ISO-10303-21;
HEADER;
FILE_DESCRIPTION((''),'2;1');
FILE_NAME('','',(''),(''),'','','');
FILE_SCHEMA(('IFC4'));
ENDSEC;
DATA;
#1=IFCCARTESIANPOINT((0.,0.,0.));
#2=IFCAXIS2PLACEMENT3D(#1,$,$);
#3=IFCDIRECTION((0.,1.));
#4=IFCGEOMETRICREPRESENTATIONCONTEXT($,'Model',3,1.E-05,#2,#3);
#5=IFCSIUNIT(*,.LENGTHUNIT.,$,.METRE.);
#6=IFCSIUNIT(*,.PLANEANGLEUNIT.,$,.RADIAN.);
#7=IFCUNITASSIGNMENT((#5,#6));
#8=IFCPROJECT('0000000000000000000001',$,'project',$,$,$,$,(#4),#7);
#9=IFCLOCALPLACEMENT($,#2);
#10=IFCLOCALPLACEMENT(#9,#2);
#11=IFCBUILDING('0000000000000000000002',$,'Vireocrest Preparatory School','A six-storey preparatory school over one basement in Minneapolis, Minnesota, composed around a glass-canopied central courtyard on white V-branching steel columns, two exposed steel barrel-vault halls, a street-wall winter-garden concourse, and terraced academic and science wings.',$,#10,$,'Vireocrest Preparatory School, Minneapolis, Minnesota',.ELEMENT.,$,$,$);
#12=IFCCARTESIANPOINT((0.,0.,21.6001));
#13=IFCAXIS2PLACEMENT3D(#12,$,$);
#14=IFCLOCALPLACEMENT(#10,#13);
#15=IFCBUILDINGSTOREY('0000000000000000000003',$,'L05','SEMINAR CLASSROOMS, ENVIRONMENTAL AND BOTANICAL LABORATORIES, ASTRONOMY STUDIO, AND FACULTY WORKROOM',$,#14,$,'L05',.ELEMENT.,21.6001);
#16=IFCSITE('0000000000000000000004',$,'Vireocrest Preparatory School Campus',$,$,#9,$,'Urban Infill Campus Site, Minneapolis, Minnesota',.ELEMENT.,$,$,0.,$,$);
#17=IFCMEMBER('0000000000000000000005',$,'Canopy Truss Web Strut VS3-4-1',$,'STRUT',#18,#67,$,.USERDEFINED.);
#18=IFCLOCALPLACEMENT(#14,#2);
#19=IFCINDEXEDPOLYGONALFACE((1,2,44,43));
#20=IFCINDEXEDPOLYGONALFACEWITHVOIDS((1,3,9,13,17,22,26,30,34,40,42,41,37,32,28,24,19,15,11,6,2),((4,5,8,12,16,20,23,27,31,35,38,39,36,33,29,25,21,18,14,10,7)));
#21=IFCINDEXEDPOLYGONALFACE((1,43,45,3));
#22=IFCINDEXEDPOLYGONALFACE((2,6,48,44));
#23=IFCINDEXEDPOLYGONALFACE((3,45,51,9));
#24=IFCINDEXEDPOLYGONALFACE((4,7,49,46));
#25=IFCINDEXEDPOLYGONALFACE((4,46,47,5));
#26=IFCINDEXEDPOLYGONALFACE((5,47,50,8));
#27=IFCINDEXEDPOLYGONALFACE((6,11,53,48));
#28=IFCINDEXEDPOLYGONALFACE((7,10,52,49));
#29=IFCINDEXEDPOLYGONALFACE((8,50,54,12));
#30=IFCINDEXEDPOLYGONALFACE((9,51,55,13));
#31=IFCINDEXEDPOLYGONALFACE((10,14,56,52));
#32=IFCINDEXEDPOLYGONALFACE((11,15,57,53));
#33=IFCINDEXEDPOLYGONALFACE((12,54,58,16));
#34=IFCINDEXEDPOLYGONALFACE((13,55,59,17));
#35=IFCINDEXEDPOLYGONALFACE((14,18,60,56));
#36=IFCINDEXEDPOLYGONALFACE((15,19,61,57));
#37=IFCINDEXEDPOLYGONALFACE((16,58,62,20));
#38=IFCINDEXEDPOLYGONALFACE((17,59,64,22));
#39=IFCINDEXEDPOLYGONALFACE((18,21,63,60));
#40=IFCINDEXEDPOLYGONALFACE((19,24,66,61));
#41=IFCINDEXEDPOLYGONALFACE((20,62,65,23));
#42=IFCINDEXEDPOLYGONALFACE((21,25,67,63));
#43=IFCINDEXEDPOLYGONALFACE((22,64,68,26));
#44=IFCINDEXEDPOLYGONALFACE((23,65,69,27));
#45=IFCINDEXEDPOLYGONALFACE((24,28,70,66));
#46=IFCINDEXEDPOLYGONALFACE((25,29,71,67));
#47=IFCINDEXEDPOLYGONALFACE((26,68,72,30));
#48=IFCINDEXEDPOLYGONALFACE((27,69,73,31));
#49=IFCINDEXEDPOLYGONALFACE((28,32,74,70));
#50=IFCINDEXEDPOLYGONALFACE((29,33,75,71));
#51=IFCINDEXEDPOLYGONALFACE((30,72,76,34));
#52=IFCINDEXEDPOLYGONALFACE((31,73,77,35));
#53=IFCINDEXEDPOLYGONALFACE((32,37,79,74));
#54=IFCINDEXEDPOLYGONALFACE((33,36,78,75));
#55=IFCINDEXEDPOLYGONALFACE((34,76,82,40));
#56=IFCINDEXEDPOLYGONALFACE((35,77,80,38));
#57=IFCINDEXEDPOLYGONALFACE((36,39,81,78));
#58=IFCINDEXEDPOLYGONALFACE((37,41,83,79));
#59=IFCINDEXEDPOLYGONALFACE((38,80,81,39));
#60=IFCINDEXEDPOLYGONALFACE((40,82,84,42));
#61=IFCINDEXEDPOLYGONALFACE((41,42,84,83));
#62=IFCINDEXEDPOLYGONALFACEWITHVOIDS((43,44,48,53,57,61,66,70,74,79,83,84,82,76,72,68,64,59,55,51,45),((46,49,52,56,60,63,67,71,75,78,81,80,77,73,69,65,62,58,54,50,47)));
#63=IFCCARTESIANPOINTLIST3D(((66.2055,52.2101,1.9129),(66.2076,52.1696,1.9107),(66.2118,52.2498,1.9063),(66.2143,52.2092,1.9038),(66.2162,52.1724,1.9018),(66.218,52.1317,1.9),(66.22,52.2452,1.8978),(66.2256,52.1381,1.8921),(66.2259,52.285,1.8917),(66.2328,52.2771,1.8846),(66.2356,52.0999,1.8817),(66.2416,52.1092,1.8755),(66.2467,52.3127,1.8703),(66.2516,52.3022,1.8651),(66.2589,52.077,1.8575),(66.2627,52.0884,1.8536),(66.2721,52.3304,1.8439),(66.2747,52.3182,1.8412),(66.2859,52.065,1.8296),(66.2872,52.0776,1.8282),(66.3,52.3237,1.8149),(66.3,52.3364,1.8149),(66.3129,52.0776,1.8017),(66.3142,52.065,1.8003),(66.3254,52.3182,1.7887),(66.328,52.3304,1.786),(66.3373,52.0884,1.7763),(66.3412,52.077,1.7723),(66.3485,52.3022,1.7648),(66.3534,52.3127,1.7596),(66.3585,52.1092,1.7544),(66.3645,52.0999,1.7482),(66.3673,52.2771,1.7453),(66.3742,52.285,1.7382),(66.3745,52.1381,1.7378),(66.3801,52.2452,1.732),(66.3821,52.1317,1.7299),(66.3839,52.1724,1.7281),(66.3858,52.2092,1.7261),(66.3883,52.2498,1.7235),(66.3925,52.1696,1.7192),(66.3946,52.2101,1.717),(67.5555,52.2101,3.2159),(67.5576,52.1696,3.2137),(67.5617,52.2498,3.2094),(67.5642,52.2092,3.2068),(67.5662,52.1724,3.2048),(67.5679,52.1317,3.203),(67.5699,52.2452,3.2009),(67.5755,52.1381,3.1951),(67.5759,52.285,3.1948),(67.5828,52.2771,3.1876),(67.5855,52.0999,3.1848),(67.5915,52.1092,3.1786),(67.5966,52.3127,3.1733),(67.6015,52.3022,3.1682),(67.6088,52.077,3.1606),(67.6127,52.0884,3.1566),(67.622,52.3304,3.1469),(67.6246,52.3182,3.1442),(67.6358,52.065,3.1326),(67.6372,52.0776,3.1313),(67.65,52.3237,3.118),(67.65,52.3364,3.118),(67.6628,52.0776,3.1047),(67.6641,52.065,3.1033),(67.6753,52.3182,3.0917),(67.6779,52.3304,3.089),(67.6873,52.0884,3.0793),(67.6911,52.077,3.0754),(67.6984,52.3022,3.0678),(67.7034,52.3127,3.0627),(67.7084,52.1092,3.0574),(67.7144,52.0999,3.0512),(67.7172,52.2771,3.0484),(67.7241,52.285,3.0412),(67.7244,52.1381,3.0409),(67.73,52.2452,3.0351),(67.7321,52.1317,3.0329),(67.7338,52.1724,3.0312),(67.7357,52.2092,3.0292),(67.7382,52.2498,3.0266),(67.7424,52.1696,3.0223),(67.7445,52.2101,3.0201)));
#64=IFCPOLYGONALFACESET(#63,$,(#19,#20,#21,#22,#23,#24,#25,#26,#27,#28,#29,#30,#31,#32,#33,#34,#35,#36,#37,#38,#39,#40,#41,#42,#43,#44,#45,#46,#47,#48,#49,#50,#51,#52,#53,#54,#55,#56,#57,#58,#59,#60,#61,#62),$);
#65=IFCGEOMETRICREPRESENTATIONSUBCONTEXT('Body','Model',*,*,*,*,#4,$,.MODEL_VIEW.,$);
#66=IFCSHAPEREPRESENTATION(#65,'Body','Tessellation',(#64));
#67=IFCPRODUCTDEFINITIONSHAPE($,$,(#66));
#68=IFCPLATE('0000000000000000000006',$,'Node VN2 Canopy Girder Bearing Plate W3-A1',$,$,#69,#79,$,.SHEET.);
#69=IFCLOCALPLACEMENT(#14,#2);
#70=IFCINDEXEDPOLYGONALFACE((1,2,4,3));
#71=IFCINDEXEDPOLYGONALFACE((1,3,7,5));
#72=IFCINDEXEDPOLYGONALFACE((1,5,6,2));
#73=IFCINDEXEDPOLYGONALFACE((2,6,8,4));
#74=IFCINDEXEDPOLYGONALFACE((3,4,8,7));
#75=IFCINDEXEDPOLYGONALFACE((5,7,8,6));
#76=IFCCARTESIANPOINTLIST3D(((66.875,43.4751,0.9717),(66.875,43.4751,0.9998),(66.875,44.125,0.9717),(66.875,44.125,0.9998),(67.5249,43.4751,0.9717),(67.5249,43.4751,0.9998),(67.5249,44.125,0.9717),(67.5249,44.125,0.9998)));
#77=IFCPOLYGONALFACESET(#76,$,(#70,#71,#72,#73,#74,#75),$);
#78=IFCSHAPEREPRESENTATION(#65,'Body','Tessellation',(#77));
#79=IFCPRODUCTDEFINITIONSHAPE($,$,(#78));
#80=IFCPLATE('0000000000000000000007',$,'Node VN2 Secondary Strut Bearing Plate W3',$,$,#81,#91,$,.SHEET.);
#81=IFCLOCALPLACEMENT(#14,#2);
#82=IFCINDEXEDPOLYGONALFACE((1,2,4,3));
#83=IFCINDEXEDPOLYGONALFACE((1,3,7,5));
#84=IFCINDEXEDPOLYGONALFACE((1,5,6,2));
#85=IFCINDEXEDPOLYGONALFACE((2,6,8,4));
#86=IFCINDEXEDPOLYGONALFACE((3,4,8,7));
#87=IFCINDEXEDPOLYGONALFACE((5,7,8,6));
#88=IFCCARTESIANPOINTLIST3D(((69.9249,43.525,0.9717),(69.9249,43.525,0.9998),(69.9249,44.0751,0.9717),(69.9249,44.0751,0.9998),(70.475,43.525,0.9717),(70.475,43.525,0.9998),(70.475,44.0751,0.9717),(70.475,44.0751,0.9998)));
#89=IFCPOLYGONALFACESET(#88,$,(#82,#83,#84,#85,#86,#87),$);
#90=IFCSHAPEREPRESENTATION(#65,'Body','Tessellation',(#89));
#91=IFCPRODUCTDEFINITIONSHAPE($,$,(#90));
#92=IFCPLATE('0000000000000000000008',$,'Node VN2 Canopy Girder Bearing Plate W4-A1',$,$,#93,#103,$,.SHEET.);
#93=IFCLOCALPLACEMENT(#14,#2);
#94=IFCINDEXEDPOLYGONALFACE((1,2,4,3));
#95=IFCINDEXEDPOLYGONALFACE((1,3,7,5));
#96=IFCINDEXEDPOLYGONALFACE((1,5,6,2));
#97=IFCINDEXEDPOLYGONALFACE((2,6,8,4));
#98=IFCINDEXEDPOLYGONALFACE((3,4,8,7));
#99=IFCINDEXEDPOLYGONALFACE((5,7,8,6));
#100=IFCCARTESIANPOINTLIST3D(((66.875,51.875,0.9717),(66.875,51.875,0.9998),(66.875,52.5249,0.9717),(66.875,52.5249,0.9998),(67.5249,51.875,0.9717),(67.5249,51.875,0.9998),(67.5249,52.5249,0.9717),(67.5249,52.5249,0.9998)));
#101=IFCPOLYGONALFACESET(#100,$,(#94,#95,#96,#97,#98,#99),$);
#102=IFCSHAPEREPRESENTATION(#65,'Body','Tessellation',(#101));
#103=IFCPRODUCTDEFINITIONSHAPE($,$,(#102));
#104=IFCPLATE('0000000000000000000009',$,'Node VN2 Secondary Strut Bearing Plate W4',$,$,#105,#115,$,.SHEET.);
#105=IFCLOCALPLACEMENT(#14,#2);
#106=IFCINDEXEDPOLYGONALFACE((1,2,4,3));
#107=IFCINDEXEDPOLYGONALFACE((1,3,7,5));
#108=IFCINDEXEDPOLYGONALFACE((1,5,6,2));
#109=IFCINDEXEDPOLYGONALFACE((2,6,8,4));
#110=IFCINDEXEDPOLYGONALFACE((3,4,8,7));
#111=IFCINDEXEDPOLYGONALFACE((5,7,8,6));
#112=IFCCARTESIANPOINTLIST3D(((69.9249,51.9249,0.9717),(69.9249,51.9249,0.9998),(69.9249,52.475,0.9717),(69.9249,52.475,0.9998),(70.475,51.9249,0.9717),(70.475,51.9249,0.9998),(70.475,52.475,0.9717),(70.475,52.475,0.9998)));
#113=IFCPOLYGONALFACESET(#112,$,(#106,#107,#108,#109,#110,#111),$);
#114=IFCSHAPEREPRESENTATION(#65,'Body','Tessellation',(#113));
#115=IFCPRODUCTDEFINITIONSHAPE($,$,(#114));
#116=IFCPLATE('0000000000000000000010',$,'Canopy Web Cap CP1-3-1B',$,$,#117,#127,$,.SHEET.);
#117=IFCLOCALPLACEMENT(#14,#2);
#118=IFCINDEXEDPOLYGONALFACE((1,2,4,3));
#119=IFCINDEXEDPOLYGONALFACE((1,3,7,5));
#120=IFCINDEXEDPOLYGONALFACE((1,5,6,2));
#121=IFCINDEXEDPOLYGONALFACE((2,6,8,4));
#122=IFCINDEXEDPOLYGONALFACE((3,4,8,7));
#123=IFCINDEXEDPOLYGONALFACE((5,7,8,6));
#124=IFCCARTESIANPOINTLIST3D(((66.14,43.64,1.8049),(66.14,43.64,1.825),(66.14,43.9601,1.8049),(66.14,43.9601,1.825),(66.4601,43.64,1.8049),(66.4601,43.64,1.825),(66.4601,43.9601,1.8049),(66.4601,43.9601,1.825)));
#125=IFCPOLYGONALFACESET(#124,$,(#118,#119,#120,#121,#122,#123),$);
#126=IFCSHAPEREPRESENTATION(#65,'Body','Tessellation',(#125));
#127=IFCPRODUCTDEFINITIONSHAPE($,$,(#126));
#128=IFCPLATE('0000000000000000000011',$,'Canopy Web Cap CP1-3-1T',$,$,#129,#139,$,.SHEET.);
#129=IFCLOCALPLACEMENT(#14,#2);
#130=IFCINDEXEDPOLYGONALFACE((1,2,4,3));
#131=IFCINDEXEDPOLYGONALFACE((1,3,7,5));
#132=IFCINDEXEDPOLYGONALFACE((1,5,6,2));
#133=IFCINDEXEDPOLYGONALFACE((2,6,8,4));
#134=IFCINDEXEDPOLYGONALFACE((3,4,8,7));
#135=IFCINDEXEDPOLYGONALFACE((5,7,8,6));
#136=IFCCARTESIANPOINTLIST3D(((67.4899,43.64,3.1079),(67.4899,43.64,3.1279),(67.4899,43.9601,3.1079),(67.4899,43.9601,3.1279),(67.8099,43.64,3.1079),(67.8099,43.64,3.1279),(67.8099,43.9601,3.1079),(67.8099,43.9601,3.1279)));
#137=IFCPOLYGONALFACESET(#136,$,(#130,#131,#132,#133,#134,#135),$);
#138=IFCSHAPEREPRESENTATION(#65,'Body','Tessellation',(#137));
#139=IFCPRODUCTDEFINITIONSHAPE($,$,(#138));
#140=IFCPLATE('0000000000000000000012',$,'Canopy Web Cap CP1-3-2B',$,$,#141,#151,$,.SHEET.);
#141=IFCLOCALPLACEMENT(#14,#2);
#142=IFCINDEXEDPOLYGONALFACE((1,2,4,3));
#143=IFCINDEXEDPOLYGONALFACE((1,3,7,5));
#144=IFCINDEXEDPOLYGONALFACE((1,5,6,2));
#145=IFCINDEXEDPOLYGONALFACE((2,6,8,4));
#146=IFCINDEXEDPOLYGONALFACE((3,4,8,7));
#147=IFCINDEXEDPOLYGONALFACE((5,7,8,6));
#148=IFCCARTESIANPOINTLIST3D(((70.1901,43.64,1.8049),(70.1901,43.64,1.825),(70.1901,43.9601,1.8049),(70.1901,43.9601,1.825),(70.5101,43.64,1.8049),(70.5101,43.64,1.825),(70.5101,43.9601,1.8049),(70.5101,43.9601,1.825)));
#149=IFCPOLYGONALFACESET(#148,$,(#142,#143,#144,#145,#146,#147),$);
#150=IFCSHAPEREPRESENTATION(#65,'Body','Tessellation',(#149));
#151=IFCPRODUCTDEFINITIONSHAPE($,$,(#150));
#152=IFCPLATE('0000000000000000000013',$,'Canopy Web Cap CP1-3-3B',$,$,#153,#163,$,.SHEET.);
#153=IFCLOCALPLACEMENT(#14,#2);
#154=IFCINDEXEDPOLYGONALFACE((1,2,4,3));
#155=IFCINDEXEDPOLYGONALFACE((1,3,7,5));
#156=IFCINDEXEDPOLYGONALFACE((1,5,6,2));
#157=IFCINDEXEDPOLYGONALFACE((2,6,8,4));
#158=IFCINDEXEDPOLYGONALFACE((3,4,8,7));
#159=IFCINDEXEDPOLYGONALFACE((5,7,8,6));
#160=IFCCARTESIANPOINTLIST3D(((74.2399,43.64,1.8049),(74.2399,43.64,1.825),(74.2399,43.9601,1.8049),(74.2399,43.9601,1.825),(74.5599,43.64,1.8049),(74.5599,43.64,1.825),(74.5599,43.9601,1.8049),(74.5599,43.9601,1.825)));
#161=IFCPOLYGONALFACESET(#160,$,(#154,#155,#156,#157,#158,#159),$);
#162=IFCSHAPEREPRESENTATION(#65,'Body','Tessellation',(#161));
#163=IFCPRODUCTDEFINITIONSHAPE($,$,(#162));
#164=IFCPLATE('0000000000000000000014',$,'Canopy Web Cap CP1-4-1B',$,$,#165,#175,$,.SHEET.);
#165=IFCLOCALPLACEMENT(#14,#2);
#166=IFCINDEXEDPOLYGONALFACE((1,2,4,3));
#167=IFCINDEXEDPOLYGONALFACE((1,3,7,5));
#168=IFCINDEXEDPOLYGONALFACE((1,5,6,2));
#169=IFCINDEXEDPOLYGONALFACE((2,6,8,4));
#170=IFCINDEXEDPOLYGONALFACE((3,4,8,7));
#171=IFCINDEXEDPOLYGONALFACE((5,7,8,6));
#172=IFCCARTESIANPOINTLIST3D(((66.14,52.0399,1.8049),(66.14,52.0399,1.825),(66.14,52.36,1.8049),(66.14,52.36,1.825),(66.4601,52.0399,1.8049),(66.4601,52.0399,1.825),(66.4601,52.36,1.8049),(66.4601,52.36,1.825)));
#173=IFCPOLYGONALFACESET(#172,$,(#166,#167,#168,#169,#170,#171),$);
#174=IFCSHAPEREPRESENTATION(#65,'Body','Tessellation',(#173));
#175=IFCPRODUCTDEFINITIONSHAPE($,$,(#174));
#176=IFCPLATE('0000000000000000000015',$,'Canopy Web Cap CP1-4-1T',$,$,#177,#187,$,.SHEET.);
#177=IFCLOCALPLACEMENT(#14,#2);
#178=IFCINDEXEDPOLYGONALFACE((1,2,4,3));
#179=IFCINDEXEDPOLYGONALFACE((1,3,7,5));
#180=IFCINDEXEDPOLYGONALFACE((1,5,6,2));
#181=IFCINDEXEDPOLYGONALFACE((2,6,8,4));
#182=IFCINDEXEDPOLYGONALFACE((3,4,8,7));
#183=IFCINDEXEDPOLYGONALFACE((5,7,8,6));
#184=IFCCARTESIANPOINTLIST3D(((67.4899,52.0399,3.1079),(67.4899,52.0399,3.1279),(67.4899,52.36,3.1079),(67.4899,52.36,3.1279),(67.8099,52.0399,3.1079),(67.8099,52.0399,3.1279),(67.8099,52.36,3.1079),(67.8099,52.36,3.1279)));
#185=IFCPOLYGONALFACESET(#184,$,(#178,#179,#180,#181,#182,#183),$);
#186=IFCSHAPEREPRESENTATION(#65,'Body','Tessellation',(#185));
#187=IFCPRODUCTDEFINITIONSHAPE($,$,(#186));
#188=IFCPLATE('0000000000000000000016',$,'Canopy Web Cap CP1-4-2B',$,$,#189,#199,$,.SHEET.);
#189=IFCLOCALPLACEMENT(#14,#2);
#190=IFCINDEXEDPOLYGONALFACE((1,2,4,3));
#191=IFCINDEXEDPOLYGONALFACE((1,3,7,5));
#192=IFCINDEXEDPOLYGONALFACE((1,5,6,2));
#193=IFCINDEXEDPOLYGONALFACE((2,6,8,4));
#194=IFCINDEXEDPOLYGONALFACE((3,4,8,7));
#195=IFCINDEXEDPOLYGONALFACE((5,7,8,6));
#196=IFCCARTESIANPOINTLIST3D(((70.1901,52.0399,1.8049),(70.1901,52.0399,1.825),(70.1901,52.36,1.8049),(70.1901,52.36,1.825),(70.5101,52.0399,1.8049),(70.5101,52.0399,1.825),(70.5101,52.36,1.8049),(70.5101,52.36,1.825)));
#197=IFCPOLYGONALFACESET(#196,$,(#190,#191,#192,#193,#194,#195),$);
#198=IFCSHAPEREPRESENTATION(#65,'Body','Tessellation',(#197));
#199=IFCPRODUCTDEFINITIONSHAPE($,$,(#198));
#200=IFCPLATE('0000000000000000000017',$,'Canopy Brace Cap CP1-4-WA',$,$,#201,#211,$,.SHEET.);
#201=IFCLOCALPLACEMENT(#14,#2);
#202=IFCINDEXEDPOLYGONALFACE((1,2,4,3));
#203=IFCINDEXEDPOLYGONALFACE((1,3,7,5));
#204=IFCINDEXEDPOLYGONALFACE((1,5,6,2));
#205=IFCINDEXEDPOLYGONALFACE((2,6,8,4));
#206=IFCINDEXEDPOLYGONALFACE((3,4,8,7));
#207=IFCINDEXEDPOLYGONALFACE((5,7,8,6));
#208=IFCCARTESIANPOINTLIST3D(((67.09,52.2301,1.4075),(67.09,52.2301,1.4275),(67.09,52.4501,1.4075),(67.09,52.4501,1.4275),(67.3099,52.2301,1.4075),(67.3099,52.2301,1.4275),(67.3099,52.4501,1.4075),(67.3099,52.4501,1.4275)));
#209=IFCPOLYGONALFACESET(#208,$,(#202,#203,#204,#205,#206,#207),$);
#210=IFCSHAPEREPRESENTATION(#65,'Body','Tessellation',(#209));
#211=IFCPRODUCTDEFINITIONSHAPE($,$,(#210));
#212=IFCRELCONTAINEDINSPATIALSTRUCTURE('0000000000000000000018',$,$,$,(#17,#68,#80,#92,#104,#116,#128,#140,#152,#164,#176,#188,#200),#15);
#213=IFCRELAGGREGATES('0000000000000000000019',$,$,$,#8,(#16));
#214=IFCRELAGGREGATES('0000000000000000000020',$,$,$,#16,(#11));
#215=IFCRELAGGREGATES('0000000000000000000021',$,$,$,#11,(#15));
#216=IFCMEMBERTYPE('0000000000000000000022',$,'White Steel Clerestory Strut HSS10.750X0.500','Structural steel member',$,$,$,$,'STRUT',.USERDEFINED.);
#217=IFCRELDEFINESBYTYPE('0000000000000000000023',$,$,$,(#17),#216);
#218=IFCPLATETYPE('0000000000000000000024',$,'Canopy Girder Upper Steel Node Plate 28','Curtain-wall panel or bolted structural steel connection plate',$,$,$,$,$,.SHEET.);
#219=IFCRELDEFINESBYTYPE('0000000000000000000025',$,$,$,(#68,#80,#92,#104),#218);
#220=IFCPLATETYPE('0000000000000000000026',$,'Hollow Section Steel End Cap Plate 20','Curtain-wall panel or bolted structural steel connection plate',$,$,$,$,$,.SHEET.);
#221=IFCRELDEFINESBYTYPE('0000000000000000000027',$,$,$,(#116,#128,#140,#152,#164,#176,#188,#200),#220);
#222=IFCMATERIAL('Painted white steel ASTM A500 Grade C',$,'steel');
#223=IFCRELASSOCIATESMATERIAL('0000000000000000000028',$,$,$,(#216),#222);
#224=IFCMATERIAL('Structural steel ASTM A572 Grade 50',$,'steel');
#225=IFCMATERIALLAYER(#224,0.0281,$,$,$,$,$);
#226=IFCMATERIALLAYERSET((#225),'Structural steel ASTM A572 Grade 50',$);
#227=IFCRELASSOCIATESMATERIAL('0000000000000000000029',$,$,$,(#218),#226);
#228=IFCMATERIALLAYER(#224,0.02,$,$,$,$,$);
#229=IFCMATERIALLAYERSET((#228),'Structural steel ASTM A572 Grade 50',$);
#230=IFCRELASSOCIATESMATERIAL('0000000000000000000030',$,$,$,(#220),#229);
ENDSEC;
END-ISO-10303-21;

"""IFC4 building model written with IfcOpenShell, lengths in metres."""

from ifc_helpers import new_model, si_unit, direction, frame, origin, origin_2d, place, context, subcontext, project, spatial, rectangle, hollow_circle, extrude, material, layer, layer_set, material_profile, profile_set, type_object, element, save


model = new_model("IFC4")

# Units and contexts
model_context = context("Model", 3, precision=1e-05, world=origin(), true_north=direction((0.0, 1.0)))
body_context = subcontext(model_context, "Body", "Model", "MODEL_VIEW")
ifc_project = project(units=[si_unit("LENGTHUNIT", "METRE"), si_unit("PLANEANGLEUNIT", "RADIAN")], contexts=[model_context])

# Site, building, storey
site_placement = place(None, origin())
site = spatial("IfcSite", under=ifc_project, at=site_placement, Name="Vireocrest Preparatory School Campus", LongName="Urban Infill Campus Site, Minneapolis, Minnesota", CompositionType="ELEMENT", RefElevation=0.0)
building_placement = place(site_placement, origin())
building = spatial("IfcBuilding", under=site, at=building_placement, Name="Vireocrest Preparatory School", Description="A six-storey preparatory school over one basement in Minneapolis, Minnesota, composed around a glass-canopied central courtyard on white V-branching steel columns, two exposed steel barrel-vault halls, a street-wall winter-garden concourse, and terraced academic and science wings.", LongName="Vireocrest Preparatory School, Minneapolis, Minnesota", CompositionType="ELEMENT")
storey_placement = place(building_placement, frame((0.0, 0.0, 21.6001)))
storey = spatial("IfcBuildingStorey", under=building, at=storey_placement, Name="L05", Description="SEMINAR CLASSROOMS, ENVIRONMENTAL AND BOTANICAL LABORATORIES, ASTRONOMY STUDIO, AND FACULTY WORKROOM", LongName="L05", CompositionType="ELEMENT", Elevation=21.6001)

# Shared definitions
ifc_material_1 = material(Name="Painted white steel ASTM A500 Grade C", Category="steel")

# Member
ifc_material_profile_1 = material_profile(ifc_material_1, hollow_circle(Radius=0.1365, WallThickness=0.0127, at=origin_2d()), Name="HSS10.750X0.500")
ifc_profile_set_1 = profile_set([ifc_material_profile_1], Name="Painted white steel ASTM A500 Grade C")
member_type_1 = type_object("IfcMemberType", Name="White Steel Clerestory Strut HSS10.750X0.500", Description="Structural steel member", ElementType="STRUT", PredefinedType="USERDEFINED", material=ifc_profile_set_1)
member_1_placement = place(storey_placement, frame((66.3, 52.2, 1.8149), z_axis=(0.719489, 0.0, 0.694504), x_axis=(0.0, 1.0, 0.0)))
element("IfcMember", 1, at=member_1_placement, inside=storey, type_object=member_type_1, Name="Canopy Truss Web Strut VS3-4-1", ObjectType="STRUT", PredefinedType="USERDEFINED", context=body_context, shape_type="SweptSolid", body=[
    extrude(hollow_circle(Radius=0.1365, WallThickness=0.0127, at=origin_2d()), origin(), (0.0, 0.0, 1.0), 1.8762),
])

# Plates
ifc_material_2 = material(Name="Structural steel ASTM A572 Grade 50", Category="steel")
ifc_layer_1 = layer(ifc_material_2, 0.0281)
ifc_layer_set_1 = layer_set([ifc_layer_1], Name="Structural steel ASTM A572 Grade 50")
plate_type_1 = type_object("IfcPlateType", Name="Canopy Girder Upper Steel Node Plate 28", Description="Curtain-wall panel or bolted structural steel connection plate", PredefinedType="SHEET", material=ifc_layer_set_1)
plate_1_placement = place(storey_placement, frame((67.2, 43.8, 0.9717), z_axis=(0.0, 0.0, 1.0), x_axis=(1.0, 0.0, 0.0)))
element("IfcPlate", 2, at=plate_1_placement, inside=storey, type_object=plate_type_1, Name="Node VN2 Canopy Girder Bearing Plate W3-A1", PredefinedType="SHEET", context=body_context, shape_type="SweptSolid", body=[
    extrude(rectangle(XDim=0.6499, YDim=0.6499, at=origin_2d()), origin(), (0.0, 0.0, 1.0), 0.0281),
])
plate_2_placement = place(storey_placement, frame((70.2, 43.8, 0.9717), z_axis=(0.0, 0.0, 1.0), x_axis=(1.0, 0.0, 0.0)))
element("IfcPlate", 3, at=plate_2_placement, inside=storey, type_object=plate_type_1, Name="Node VN2 Secondary Strut Bearing Plate W3", PredefinedType="SHEET", context=body_context, shape_type="SweptSolid", body=[
    extrude(rectangle(XDim=0.55, YDim=0.55, at=origin_2d()), origin(), (0.0, 0.0, 1.0), 0.0281),
])
plate_3_placement = place(storey_placement, frame((67.2, 52.2, 0.9717), z_axis=(0.0, 0.0, 1.0), x_axis=(1.0, 0.0, 0.0)))
element("IfcPlate", 4, at=plate_3_placement, inside=storey, type_object=plate_type_1, Name="Node VN2 Canopy Girder Bearing Plate W4-A1", PredefinedType="SHEET", context=body_context, shape_type="SweptSolid", body=[
    extrude(rectangle(XDim=0.6499, YDim=0.6499, at=origin_2d()), origin(), (0.0, 0.0, 1.0), 0.0281),
])
plate_4_placement = place(storey_placement, frame((70.2, 52.2, 0.9717), z_axis=(0.0, 0.0, 1.0), x_axis=(1.0, 0.0, 0.0)))
element("IfcPlate", 5, at=plate_4_placement, inside=storey, type_object=plate_type_1, Name="Node VN2 Secondary Strut Bearing Plate W4", PredefinedType="SHEET", context=body_context, shape_type="SweptSolid", body=[
    extrude(rectangle(XDim=0.55, YDim=0.55, at=origin_2d()), origin(), (0.0, 0.0, 1.0), 0.0281),
])
ifc_layer_2 = layer(ifc_material_2, 0.02)
ifc_layer_set_2 = layer_set([ifc_layer_2], Name="Structural steel ASTM A572 Grade 50")
plate_type_2 = type_object("IfcPlateType", Name="Hollow Section Steel End Cap Plate 20", Description="Curtain-wall panel or bolted structural steel connection plate", PredefinedType="SHEET", material=ifc_layer_set_2)
for number, where, z_axis, x_axis, name in (
    (6, (66.3, 43.8, 1.8049), (0.0, 0.0, 1.0), (1.0, 0.0, 0.0), "Canopy Web Cap CP1-3-1B"),
    (7, (67.6499, 43.8, 3.1079), (0.0, 0.0, 1.0), (1.0, 0.0, 0.0), "Canopy Web Cap CP1-3-1T"),
    (8, (70.3501, 43.8, 1.8049), (0.0, 0.0, 1.0), (1.0, 0.0, 0.0), "Canopy Web Cap CP1-3-2B"),
    (9, (74.3999, 43.8, 1.8049), (0.0, 0.0, 1.0), (1.0, 0.0, 0.0), "Canopy Web Cap CP1-3-3B"),
    (10, (66.3, 52.2, 1.8049), (0.0, 0.0, 1.0), (1.0, 0.0, 0.0), "Canopy Web Cap CP1-4-1B"),
    (11, (67.6499, 52.2, 3.1079), (0.0, 0.0, 1.0), (1.0, 0.0, 0.0), "Canopy Web Cap CP1-4-1T"),
    (12, (70.3501, 52.2, 1.8049), (0.0, 0.0, 1.0), (1.0, 0.0, 0.0), "Canopy Web Cap CP1-4-2B"),
):
    element("IfcPlate", number, at=place(storey_placement, frame(where, z_axis=z_axis, x_axis=x_axis)), inside=storey, type_object=plate_type_2, Name=name, PredefinedType="SHEET", context=body_context, shape_type="SweptSolid", body=[
        extrude(rectangle(XDim=0.3201, YDim=0.3201, at=origin_2d()), origin(), (0.0, 0.0, 1.0), 0.02),
    ])
plate_5_placement = place(storey_placement, frame((67.2, 52.3401, 1.4075), z_axis=(0.0, 0.0, 1.0), x_axis=(1.0, 0.0, 0.0)))
element("IfcPlate", 13, at=plate_5_placement, inside=storey, type_object=plate_type_2, Name="Canopy Brace Cap CP1-4-WA", PredefinedType="SHEET", context=body_context, shape_type="SweptSolid", body=[
    extrude(rectangle(XDim=0.22, YDim=0.22, at=origin_2d()), origin(), (0.0, 0.0, 1.0), 0.02),
])

save(model, "model.ifc")
